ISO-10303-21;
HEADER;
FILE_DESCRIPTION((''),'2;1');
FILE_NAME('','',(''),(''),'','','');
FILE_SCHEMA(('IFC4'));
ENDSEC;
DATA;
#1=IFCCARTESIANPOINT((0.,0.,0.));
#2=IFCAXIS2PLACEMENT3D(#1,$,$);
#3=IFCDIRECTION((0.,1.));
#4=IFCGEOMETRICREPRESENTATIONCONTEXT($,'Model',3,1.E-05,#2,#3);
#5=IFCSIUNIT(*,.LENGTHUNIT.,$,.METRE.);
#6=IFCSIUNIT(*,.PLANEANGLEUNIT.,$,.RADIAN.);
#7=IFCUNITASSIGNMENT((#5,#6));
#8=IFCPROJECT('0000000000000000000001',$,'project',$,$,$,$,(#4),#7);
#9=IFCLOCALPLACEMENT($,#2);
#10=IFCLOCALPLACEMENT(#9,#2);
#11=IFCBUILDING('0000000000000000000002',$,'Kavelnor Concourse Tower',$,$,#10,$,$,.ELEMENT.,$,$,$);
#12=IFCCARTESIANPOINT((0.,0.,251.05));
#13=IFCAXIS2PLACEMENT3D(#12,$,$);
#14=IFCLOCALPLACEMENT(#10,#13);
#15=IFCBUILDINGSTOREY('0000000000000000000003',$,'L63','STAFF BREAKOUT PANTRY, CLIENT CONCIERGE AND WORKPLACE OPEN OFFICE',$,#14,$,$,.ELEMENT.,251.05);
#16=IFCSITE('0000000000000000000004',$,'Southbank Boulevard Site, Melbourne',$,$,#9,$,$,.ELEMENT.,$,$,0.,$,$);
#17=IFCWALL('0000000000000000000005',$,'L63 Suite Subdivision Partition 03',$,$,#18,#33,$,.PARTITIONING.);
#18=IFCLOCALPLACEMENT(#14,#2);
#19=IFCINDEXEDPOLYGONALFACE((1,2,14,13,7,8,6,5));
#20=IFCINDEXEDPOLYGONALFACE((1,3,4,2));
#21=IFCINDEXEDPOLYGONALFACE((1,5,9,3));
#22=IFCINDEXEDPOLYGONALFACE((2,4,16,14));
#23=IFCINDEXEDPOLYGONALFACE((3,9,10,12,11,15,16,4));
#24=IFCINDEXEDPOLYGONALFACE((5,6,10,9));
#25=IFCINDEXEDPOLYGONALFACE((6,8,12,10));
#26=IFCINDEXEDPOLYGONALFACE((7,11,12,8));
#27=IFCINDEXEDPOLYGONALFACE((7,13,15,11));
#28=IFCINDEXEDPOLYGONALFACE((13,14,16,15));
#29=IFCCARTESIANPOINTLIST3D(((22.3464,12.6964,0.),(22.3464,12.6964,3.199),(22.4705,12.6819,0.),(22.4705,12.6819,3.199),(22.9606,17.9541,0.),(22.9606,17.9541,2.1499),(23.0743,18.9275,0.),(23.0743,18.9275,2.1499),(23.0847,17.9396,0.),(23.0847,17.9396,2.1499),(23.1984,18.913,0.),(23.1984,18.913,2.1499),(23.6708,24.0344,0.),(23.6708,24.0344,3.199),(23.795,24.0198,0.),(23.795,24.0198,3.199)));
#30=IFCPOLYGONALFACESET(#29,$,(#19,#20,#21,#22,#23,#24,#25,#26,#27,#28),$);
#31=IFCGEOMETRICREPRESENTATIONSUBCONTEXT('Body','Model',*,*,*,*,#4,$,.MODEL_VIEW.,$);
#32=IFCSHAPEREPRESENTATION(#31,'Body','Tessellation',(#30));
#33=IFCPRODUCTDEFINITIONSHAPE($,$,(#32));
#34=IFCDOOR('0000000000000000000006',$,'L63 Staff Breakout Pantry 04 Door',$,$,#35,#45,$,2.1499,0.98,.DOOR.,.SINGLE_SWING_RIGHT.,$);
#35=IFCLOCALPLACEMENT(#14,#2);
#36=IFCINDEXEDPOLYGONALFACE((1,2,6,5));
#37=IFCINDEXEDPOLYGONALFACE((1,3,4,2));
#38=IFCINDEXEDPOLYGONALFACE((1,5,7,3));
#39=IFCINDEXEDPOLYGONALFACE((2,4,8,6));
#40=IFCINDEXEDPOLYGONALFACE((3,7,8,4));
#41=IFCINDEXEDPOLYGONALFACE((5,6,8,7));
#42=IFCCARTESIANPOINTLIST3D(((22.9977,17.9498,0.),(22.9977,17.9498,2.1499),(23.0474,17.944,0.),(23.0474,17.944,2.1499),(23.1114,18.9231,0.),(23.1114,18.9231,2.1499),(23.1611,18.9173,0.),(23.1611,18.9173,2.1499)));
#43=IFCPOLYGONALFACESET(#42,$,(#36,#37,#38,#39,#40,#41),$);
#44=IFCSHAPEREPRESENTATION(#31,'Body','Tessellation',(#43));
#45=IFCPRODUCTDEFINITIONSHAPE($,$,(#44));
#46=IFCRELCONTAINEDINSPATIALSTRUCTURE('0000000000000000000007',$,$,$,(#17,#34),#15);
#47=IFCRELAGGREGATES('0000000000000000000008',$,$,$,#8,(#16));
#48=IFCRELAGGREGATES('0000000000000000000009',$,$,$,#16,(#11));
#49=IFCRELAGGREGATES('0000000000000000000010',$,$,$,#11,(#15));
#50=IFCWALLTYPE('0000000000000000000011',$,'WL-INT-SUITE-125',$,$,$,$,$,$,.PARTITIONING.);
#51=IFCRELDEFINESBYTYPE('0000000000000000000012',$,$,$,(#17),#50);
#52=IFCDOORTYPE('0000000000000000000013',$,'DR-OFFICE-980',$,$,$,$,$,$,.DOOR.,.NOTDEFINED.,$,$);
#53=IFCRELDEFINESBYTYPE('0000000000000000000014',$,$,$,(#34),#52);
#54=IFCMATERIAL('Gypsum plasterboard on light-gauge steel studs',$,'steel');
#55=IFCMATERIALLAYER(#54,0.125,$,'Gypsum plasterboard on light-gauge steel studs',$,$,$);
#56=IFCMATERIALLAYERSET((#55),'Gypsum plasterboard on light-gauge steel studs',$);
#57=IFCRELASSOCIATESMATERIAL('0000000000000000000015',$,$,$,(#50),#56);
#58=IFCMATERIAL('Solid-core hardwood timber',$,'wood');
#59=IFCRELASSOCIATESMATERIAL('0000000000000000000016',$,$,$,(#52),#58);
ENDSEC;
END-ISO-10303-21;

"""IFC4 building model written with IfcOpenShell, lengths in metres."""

from ifc_helpers import new_model, si_unit, direction, frame, frame_2d, origin, place, context, subcontext, project, spatial, rectangle, extrude, material, layer, layer_set, type_object, element, fill, save


model = new_model("IFC4")

# Units and contexts
model_context = context("Model", 3, precision=1e-05, world=origin(), true_north=direction((0.0, 1.0)))
body_context = subcontext(model_context, "Body", "Model", "MODEL_VIEW")
ifc_project = project(units=[si_unit("LENGTHUNIT", "METRE"), si_unit("PLANEANGLEUNIT", "RADIAN")], contexts=[model_context])

# Site, building, storey
site_placement = place(None, origin())
site = spatial("IfcSite", under=ifc_project, at=site_placement, Name="Southbank Boulevard Site, Melbourne", CompositionType="ELEMENT", RefElevation=0.0)
building_placement = place(site_placement, origin())
building = spatial("IfcBuilding", under=site, at=building_placement, Name="Kavelnor Concourse Tower", CompositionType="ELEMENT")
storey_placement = place(building_placement, frame((0.0, 0.0, 251.05)))
storey = spatial("IfcBuildingStorey", under=building, at=storey_placement, Name="L63", Description="STAFF BREAKOUT PANTRY, CLIENT CONCIERGE AND WORKPLACE OPEN OFFICE", CompositionType="ELEMENT", Elevation=251.05)

# Shared definitions
ifc_material_1 = material(Name="Gypsum plasterboard on light-gauge steel studs", Category="steel")
ifc_material_2 = material(Name="Solid-core hardwood timber", Category="wood")

# Wall, opening, door
ifc_layer_1 = layer(ifc_material_1, 0.125, Name="Gypsum plasterboard on light-gauge steel studs")
ifc_layer_set_1 = layer_set([ifc_layer_1], Name="Gypsum plasterboard on light-gauge steel studs")
wall_type_1 = type_object("IfcWallType", Name="WL-INT-SUITE-125", PredefinedType="PARTITIONING", material=ifc_layer_set_1)
wall_1_placement = place(storey_placement, frame((23.7329, 24.0271, 0.0), z_axis=(0.0, 0.0, 1.0), x_axis=(-0.116028, -0.993246, 0.0)))
wall_1 = element("IfcWall", 1, at=wall_1_placement, inside=storey, type_object=wall_type_1, Name="L63 Suite Subdivision Partition 03", PredefinedType="PARTITIONING", context=body_context, shape_type="SweptSolid", body=[
    extrude(rectangle(XDim=11.415, YDim=0.125, at=frame_2d((5.7075, 0.0))), origin(), (0.0, 0.0, 1.0), 3.199),
])
opening_1_placement = place(wall_1_placement, frame((5.1416, 0.0, 0.0)))
opening_1 = element("IfcOpeningElement", 2, at=opening_1_placement, cuts=wall_1, PredefinedType="OPENING", context=body_context, shape_type="SweptSolid", body=[
    extrude(rectangle(XDim=0.98, YDim=2.1499, at=frame_2d((0.49, 1.075))), frame((0.0, 0.0725, 0.0), z_axis=(0.0, -1.0, 0.0), x_axis=(1.0, 0.0, 0.0)), (0.0, 0.0, 1.0), 0.145),
])
door_type_1 = type_object("IfcDoorType", Name="DR-OFFICE-980", OperationType="NOTDEFINED", PredefinedType="DOOR", material=ifc_material_2)
door_1_placement = place(opening_1_placement, origin())
door_1 = element("IfcDoor", 3, at=door_1_placement, inside=storey, type_object=door_type_1, Name="L63 Staff Breakout Pantry 04 Door", OperationType="SINGLE_SWING_RIGHT", OverallHeight=2.1499, OverallWidth=0.98, PredefinedType="DOOR", context=body_context, shape_type="SweptSolid", body=[
    extrude(rectangle(XDim=0.98, YDim=2.1499, at=frame_2d((0.49, 1.075))), frame((0.0, 0.0249, 0.0), z_axis=(0.0, -1.0, 0.0), x_axis=(1.0, 0.0, 0.0)), (0.0, 0.0, 1.0), 0.05),
])
fill(opening_1, door_1)

save(model, "model.ifc")
